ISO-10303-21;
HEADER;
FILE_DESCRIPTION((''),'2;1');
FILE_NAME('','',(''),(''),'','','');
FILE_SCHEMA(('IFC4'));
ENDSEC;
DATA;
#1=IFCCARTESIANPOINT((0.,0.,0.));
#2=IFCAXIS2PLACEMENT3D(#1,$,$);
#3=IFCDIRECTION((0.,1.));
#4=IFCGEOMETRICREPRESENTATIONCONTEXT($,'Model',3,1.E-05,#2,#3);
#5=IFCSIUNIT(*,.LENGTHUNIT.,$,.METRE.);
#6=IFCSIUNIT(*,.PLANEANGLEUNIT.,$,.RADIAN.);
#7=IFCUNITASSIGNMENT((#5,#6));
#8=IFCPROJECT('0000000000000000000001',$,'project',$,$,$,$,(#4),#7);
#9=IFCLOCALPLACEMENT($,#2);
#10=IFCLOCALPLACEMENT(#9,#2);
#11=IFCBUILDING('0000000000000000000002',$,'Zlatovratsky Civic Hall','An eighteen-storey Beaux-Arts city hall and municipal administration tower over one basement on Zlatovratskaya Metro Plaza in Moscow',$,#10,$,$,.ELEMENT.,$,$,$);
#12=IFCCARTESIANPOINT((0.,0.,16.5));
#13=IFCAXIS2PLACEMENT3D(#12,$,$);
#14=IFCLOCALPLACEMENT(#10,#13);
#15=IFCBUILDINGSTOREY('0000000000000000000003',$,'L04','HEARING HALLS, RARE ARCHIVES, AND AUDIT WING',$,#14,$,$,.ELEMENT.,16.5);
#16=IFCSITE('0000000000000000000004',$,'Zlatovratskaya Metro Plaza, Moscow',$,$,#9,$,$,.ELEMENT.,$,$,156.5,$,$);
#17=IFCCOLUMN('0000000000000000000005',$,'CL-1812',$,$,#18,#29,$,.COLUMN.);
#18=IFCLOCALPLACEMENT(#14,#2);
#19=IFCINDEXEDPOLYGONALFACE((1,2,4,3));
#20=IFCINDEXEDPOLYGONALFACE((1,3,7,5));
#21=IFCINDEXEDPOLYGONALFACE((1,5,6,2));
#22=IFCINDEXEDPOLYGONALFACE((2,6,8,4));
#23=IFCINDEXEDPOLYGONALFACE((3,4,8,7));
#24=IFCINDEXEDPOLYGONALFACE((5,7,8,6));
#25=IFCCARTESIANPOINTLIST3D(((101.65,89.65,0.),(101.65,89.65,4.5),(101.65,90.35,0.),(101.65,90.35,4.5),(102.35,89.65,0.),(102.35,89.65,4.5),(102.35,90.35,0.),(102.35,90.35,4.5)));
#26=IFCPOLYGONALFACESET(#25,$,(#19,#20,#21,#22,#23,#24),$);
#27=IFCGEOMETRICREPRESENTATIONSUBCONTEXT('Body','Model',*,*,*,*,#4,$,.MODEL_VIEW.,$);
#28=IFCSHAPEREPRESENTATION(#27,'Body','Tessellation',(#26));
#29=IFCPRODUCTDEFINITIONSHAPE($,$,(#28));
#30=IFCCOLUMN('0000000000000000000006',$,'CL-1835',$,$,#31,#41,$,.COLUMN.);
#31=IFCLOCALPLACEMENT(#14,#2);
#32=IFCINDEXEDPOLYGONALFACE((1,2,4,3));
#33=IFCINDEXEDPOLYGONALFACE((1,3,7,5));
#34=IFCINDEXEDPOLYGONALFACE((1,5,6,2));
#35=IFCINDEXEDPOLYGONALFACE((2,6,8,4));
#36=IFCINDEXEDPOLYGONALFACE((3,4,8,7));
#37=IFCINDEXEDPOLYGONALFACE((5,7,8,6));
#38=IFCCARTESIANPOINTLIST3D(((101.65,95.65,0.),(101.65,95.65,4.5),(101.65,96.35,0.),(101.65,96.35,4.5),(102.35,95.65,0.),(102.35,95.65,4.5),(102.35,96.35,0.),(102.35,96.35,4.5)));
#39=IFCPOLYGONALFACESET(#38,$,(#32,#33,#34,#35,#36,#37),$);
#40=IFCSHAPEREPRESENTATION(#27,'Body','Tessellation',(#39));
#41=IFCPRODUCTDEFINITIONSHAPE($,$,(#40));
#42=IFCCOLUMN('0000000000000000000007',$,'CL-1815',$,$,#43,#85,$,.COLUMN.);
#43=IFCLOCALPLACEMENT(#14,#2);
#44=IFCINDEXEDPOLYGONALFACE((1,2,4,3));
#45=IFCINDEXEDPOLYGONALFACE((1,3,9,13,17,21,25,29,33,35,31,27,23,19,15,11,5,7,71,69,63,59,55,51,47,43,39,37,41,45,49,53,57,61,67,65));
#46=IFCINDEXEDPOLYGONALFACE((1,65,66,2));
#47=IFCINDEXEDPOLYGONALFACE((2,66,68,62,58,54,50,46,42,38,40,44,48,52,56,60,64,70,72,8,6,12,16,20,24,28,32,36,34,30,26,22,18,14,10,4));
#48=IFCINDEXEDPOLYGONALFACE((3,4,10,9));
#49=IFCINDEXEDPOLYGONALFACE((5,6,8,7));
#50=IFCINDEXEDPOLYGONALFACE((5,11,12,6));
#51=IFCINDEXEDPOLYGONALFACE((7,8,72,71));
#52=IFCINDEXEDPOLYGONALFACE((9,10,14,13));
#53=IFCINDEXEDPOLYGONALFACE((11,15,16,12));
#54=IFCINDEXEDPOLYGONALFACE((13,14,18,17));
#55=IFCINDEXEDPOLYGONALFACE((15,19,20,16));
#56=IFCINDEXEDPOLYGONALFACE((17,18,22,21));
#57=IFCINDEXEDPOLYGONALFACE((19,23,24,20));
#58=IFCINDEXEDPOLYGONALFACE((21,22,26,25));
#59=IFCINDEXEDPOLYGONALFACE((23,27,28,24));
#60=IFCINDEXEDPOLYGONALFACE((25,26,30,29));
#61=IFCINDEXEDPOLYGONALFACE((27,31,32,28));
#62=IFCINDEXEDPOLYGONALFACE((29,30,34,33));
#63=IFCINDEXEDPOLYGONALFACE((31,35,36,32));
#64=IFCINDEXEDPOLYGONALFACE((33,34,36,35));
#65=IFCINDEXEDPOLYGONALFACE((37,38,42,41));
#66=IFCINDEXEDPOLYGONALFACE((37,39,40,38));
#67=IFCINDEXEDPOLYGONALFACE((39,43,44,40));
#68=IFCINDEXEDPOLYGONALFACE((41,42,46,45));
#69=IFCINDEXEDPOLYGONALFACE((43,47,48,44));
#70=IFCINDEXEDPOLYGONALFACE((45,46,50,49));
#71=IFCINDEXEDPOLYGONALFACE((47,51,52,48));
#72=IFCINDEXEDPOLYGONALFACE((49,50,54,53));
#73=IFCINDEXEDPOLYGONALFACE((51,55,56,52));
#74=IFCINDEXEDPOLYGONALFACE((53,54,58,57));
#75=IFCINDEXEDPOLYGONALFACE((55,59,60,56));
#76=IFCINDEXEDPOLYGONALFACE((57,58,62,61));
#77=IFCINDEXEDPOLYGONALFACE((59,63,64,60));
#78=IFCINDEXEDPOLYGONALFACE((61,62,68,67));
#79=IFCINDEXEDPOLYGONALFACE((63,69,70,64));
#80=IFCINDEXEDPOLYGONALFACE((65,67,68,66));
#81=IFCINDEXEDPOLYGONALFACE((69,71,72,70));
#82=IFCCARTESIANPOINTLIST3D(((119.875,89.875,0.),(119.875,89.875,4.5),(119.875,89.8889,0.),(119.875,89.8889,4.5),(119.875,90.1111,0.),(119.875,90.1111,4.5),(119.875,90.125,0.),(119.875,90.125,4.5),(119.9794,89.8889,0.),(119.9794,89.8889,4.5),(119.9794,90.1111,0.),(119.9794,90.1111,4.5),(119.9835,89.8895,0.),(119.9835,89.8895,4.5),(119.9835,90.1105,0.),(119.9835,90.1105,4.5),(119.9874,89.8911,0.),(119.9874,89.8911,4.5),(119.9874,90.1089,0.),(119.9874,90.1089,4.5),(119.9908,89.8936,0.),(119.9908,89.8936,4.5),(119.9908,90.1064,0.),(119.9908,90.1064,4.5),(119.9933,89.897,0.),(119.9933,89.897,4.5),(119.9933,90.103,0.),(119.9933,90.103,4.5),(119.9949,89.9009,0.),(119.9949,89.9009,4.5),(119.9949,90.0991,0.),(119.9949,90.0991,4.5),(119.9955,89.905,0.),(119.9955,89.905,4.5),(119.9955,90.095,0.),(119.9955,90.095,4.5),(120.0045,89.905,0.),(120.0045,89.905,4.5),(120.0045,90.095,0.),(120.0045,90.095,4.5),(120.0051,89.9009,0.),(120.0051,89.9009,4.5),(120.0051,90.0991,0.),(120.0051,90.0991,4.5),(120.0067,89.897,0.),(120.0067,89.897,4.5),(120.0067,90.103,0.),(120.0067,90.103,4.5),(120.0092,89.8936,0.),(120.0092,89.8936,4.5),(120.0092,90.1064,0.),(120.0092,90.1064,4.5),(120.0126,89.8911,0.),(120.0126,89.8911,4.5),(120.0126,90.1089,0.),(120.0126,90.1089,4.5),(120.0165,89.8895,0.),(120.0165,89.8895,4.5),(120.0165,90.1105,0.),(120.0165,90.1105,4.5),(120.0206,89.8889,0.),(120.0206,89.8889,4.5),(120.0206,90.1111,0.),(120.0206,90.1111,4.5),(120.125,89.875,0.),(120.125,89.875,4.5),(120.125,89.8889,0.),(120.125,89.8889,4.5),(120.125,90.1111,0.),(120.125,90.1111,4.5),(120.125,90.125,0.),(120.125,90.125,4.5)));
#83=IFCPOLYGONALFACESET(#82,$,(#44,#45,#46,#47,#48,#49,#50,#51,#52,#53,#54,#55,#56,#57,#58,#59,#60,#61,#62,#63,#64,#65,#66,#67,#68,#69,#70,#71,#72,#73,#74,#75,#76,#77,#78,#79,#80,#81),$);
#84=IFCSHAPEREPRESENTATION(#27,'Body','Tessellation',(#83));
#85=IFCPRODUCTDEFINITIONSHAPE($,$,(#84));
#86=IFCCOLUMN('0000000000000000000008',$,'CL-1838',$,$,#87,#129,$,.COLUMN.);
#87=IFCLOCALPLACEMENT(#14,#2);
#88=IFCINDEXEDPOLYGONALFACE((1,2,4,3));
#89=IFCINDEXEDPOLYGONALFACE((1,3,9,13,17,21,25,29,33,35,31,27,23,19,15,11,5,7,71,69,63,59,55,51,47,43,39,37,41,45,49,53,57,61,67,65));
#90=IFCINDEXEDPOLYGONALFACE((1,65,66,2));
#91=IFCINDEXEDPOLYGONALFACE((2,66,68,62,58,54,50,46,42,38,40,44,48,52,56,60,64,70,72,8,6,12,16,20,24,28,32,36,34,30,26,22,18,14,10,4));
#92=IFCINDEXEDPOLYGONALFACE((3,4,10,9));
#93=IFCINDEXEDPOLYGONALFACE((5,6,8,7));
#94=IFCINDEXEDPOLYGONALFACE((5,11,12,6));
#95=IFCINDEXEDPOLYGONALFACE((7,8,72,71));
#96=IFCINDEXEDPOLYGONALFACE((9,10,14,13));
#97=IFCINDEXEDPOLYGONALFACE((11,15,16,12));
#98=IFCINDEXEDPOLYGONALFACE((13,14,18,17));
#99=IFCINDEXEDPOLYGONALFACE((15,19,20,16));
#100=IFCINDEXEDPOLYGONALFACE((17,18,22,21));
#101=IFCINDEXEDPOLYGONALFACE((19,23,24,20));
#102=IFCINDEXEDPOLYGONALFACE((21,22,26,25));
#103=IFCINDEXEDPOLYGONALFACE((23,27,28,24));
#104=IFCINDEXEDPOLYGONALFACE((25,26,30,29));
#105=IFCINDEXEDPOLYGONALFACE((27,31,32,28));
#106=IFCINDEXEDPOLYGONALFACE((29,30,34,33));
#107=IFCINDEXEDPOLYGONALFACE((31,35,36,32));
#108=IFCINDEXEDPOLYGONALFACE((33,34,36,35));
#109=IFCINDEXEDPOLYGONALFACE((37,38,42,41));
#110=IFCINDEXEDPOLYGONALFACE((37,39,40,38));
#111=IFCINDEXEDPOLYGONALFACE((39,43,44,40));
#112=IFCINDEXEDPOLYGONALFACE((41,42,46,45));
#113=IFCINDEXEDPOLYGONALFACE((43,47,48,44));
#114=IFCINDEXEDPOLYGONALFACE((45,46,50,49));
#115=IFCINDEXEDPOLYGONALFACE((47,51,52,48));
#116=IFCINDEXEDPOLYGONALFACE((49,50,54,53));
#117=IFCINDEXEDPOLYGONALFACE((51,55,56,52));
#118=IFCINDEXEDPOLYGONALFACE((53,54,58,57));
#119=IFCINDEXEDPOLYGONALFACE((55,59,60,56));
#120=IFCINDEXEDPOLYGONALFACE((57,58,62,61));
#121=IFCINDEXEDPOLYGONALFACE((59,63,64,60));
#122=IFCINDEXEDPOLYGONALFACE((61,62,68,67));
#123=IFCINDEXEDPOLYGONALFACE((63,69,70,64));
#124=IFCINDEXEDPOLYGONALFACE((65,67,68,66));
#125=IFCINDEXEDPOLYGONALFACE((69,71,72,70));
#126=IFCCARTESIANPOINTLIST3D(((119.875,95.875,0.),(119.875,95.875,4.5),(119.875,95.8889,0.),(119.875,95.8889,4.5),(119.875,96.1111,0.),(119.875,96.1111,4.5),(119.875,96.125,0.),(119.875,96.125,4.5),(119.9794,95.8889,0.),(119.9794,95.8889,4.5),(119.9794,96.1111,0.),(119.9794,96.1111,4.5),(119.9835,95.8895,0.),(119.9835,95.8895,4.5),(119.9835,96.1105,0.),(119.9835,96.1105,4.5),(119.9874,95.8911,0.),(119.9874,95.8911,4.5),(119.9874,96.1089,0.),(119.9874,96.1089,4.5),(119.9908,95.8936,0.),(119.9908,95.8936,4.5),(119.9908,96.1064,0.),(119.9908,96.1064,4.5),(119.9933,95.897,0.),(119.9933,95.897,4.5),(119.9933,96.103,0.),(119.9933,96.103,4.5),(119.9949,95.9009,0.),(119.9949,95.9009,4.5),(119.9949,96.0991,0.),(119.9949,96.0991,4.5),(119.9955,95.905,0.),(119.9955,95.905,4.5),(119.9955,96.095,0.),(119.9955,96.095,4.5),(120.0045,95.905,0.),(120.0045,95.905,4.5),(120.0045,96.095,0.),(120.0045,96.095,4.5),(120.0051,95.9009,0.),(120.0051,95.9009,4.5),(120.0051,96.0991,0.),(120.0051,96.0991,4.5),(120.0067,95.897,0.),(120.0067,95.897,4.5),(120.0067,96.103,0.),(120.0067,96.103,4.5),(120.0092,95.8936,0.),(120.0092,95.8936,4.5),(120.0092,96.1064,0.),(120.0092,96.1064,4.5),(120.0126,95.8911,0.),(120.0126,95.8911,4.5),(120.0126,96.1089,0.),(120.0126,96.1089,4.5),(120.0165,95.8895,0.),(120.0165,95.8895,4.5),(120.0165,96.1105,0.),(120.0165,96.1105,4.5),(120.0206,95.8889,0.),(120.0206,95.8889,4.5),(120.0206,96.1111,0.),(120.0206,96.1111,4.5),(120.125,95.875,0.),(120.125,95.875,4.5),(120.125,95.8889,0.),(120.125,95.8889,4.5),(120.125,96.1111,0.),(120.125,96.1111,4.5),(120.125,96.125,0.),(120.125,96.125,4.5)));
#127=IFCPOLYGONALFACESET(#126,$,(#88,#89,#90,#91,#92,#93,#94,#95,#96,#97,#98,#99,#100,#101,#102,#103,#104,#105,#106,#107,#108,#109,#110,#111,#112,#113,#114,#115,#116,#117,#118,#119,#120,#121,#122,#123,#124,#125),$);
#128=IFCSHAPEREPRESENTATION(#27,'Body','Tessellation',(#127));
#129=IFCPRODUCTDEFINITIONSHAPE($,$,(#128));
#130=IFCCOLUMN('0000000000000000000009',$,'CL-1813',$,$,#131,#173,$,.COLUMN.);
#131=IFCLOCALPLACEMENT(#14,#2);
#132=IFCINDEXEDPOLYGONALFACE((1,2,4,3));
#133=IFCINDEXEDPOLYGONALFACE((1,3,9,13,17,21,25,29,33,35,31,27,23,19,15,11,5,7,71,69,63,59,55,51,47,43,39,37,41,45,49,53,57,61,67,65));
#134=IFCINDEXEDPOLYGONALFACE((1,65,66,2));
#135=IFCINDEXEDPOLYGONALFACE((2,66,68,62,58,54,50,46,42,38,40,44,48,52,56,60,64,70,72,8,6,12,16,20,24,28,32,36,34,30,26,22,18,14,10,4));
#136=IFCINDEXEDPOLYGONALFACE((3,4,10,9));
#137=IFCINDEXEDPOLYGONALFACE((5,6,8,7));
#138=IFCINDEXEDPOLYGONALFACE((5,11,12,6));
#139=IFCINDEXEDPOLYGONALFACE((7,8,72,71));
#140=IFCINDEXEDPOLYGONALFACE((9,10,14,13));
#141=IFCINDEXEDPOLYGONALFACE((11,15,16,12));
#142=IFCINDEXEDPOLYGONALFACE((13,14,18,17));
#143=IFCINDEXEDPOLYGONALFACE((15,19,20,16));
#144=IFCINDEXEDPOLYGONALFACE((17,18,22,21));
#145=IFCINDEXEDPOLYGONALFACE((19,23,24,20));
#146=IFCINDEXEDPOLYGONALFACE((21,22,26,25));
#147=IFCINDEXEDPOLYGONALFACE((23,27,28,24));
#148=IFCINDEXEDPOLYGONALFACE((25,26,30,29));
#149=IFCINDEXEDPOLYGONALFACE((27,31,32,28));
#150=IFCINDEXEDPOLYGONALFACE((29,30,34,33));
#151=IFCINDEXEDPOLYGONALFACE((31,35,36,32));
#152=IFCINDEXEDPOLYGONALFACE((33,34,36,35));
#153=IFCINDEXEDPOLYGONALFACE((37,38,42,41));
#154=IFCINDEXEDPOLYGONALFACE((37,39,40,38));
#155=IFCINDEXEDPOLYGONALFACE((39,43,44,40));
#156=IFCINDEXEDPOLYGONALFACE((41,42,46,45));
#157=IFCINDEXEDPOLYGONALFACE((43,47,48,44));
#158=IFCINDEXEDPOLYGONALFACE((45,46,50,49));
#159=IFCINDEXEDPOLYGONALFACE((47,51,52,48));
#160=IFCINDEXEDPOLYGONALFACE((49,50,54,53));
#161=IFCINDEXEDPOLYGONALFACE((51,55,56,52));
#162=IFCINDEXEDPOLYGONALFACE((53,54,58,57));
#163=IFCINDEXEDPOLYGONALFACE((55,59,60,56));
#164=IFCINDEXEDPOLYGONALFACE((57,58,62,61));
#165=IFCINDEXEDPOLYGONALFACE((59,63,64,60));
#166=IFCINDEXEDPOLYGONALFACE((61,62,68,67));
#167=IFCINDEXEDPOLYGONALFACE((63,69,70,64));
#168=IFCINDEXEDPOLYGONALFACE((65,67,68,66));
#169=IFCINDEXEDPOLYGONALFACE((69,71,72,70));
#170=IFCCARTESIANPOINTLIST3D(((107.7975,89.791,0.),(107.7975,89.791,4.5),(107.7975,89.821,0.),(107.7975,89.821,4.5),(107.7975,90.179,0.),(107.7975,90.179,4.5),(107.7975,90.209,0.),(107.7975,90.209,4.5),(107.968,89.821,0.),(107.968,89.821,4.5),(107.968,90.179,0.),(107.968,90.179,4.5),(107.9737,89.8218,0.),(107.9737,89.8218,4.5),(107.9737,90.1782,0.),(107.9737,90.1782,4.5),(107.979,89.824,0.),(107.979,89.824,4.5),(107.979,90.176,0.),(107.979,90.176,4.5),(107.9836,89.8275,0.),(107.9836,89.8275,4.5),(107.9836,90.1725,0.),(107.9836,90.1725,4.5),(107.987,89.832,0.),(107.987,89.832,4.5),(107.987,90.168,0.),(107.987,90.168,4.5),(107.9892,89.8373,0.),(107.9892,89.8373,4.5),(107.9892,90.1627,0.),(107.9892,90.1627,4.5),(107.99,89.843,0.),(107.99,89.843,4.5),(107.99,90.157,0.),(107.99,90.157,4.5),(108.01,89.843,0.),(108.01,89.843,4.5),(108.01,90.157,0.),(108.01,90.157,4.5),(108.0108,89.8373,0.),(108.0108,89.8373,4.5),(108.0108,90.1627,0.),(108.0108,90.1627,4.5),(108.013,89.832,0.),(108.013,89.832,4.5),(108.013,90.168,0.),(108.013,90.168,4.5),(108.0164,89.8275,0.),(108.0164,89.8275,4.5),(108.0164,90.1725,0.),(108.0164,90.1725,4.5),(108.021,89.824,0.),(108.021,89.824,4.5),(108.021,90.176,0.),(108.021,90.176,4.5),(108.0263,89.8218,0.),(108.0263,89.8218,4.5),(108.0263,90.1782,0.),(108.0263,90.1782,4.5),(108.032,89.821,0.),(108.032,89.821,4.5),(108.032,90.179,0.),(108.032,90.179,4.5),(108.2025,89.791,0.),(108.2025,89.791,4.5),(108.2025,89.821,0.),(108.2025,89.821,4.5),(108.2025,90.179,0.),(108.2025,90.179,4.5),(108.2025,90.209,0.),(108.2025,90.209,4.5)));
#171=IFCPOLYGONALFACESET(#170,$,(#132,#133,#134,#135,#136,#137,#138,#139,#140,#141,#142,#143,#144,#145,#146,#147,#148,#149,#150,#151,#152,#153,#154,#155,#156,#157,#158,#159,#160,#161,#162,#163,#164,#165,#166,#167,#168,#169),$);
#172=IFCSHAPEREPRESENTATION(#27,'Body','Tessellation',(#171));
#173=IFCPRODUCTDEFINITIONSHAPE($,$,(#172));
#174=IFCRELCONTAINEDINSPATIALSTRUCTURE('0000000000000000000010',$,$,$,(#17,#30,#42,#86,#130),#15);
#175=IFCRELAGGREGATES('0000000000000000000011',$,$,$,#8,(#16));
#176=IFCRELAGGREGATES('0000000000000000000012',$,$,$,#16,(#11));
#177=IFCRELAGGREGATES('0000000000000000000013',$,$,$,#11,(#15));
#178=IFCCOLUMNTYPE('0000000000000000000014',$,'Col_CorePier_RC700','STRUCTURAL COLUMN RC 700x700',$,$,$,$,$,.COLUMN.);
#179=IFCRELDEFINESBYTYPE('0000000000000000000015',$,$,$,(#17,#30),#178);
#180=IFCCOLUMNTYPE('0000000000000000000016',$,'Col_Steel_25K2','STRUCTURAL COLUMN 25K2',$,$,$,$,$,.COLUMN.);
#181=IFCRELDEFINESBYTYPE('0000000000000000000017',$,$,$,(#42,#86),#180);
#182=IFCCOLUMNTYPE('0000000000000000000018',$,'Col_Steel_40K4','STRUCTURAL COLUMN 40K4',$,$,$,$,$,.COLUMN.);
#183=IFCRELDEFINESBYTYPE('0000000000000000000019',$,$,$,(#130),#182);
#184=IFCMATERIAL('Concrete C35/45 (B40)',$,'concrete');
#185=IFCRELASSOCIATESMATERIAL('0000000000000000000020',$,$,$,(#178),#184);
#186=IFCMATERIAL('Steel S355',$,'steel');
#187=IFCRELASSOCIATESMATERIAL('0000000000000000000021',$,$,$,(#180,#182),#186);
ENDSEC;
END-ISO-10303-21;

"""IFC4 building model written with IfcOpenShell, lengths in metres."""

from ifc_helpers import new_model, si_unit, direction, frame, origin, origin_2d, place, context, subcontext, project, spatial, rectangle, i_section, extrude, material, material_profile, profile_set, type_object, element, save


model = new_model("IFC4")

# Units and contexts
model_context = context("Model", 3, precision=1e-05, world=origin(), true_north=direction((0.0, 1.0)))
body_context = subcontext(model_context, "Body", "Model", "MODEL_VIEW")
ifc_project = project(units=[si_unit("LENGTHUNIT", "METRE"), si_unit("PLANEANGLEUNIT", "RADIAN")], contexts=[model_context])

# Site, building, storey
site_placement = place(None, origin())
site = spatial("IfcSite", under=ifc_project, at=site_placement, Name="Zlatovratskaya Metro Plaza, Moscow", CompositionType="ELEMENT", RefElevation=156.5)
building_placement = place(site_placement, origin())
building = spatial("IfcBuilding", under=site, at=building_placement, Name="Zlatovratsky Civic Hall", Description="An eighteen-storey Beaux-Arts city hall and municipal administration tower over one basement on Zlatovratskaya Metro Plaza in Moscow", CompositionType="ELEMENT")
storey_placement = place(building_placement, frame((0.0, 0.0, 16.5)))
storey = spatial("IfcBuildingStorey", under=building, at=storey_placement, Name="L04", Description="HEARING HALLS, RARE ARCHIVES, AND AUDIT WING", CompositionType="ELEMENT", Elevation=16.5)

# Columns
ifc_material_1 = material(Name="Concrete C35/45 (B40)", Category="concrete")
ifc_material_profile_1 = material_profile(ifc_material_1, rectangle(XDim=0.7, YDim=0.7, at=origin_2d()), Name="RC 700x700")
ifc_profile_set_1 = profile_set([ifc_material_profile_1], Name="Concrete C35/45 (B40)")
column_type_1 = type_object("IfcColumnType", Name="Col_CorePier_RC700", Description="STRUCTURAL COLUMN RC 700x700", PredefinedType="COLUMN", material=ifc_profile_set_1)
for number, where, z_axis, x_axis, name in (
    (1, (102.0, 90.0, 0.0), (0.0, 0.0, 1.0), (1.0, 0.0, 0.0), "CL-1812"),
    (2, (102.0, 96.0, 0.0), (0.0, 0.0, 1.0), (1.0, 0.0, 0.0), "CL-1835"),
):
    element("IfcColumn", number, at=place(storey_placement, frame(where, z_axis=z_axis, x_axis=x_axis)), inside=storey, type_object=column_type_1, Name=name, PredefinedType="COLUMN", context=body_context, shape_type="SweptSolid", body=[
        extrude(rectangle(XDim=0.7, YDim=0.7, at=origin_2d()), origin(), (0.0, 0.0, 1.0), 4.5),
    ])
ifc_material_2 = material(Name="Steel S355", Category="steel")
ifc_material_profile_2 = material_profile(ifc_material_2, i_section(OverallWidth=0.25, OverallDepth=0.25, WebThickness=0.009, FlangeThickness=0.0139, FilletRadius=0.0161, at=origin_2d()), Name="25K2")
ifc_profile_set_2 = profile_set([ifc_material_profile_2], Name="Steel S355")
column_type_2 = type_object("IfcColumnType", Name="Col_Steel_25K2", Description="STRUCTURAL COLUMN 25K2", PredefinedType="COLUMN", material=ifc_profile_set_2)
for number, where, z_axis, x_axis, name in (
    (3, (120.0, 90.0, 0.0), (0.0, 0.0, 1.0), (1.0, 0.0, 0.0), "CL-1815"),
    (4, (120.0, 96.0, 0.0), (0.0, 0.0, 1.0), (1.0, 0.0, 0.0), "CL-1838"),
):
    element("IfcColumn", number, at=place(storey_placement, frame(where, z_axis=z_axis, x_axis=x_axis)), inside=storey, type_object=column_type_2, Name=name, PredefinedType="COLUMN", context=body_context, shape_type="SweptSolid", body=[
        extrude(i_section(OverallWidth=0.25, OverallDepth=0.25, WebThickness=0.009, FlangeThickness=0.0139, FilletRadius=0.0161, at=origin_2d()), origin(), (0.0, 0.0, 1.0), 4.5),
    ])
ifc_material_profile_3 = material_profile(ifc_material_2, i_section(OverallWidth=0.405, OverallDepth=0.418, WebThickness=0.02, FlangeThickness=0.03, FilletRadius=0.022, at=origin_2d()), Name="40K4")
ifc_profile_set_3 = profile_set([ifc_material_profile_3], Name="Steel S355")
column_type_3 = type_object("IfcColumnType", Name="Col_Steel_40K4", Description="STRUCTURAL COLUMN 40K4", PredefinedType="COLUMN", material=ifc_profile_set_3)
for number, where, z_axis, x_axis, name in (
    (5, (108.0, 90.0, 0.0), (0.0, 0.0, 1.0), (1.0, 0.0, 0.0), "CL-1813"),
):
    element("IfcColumn", number, at=place(storey_placement, frame(where, z_axis=z_axis, x_axis=x_axis)), inside=storey, type_object=column_type_3, Name=name, PredefinedType="COLUMN", context=body_context, shape_type="SweptSolid", body=[
        extrude(i_section(OverallWidth=0.405, OverallDepth=0.418, WebThickness=0.02, FlangeThickness=0.03, FilletRadius=0.022, at=origin_2d()), origin(), (0.0, 0.0, 1.0), 4.5),
    ])

save(model, "model.ifc")
